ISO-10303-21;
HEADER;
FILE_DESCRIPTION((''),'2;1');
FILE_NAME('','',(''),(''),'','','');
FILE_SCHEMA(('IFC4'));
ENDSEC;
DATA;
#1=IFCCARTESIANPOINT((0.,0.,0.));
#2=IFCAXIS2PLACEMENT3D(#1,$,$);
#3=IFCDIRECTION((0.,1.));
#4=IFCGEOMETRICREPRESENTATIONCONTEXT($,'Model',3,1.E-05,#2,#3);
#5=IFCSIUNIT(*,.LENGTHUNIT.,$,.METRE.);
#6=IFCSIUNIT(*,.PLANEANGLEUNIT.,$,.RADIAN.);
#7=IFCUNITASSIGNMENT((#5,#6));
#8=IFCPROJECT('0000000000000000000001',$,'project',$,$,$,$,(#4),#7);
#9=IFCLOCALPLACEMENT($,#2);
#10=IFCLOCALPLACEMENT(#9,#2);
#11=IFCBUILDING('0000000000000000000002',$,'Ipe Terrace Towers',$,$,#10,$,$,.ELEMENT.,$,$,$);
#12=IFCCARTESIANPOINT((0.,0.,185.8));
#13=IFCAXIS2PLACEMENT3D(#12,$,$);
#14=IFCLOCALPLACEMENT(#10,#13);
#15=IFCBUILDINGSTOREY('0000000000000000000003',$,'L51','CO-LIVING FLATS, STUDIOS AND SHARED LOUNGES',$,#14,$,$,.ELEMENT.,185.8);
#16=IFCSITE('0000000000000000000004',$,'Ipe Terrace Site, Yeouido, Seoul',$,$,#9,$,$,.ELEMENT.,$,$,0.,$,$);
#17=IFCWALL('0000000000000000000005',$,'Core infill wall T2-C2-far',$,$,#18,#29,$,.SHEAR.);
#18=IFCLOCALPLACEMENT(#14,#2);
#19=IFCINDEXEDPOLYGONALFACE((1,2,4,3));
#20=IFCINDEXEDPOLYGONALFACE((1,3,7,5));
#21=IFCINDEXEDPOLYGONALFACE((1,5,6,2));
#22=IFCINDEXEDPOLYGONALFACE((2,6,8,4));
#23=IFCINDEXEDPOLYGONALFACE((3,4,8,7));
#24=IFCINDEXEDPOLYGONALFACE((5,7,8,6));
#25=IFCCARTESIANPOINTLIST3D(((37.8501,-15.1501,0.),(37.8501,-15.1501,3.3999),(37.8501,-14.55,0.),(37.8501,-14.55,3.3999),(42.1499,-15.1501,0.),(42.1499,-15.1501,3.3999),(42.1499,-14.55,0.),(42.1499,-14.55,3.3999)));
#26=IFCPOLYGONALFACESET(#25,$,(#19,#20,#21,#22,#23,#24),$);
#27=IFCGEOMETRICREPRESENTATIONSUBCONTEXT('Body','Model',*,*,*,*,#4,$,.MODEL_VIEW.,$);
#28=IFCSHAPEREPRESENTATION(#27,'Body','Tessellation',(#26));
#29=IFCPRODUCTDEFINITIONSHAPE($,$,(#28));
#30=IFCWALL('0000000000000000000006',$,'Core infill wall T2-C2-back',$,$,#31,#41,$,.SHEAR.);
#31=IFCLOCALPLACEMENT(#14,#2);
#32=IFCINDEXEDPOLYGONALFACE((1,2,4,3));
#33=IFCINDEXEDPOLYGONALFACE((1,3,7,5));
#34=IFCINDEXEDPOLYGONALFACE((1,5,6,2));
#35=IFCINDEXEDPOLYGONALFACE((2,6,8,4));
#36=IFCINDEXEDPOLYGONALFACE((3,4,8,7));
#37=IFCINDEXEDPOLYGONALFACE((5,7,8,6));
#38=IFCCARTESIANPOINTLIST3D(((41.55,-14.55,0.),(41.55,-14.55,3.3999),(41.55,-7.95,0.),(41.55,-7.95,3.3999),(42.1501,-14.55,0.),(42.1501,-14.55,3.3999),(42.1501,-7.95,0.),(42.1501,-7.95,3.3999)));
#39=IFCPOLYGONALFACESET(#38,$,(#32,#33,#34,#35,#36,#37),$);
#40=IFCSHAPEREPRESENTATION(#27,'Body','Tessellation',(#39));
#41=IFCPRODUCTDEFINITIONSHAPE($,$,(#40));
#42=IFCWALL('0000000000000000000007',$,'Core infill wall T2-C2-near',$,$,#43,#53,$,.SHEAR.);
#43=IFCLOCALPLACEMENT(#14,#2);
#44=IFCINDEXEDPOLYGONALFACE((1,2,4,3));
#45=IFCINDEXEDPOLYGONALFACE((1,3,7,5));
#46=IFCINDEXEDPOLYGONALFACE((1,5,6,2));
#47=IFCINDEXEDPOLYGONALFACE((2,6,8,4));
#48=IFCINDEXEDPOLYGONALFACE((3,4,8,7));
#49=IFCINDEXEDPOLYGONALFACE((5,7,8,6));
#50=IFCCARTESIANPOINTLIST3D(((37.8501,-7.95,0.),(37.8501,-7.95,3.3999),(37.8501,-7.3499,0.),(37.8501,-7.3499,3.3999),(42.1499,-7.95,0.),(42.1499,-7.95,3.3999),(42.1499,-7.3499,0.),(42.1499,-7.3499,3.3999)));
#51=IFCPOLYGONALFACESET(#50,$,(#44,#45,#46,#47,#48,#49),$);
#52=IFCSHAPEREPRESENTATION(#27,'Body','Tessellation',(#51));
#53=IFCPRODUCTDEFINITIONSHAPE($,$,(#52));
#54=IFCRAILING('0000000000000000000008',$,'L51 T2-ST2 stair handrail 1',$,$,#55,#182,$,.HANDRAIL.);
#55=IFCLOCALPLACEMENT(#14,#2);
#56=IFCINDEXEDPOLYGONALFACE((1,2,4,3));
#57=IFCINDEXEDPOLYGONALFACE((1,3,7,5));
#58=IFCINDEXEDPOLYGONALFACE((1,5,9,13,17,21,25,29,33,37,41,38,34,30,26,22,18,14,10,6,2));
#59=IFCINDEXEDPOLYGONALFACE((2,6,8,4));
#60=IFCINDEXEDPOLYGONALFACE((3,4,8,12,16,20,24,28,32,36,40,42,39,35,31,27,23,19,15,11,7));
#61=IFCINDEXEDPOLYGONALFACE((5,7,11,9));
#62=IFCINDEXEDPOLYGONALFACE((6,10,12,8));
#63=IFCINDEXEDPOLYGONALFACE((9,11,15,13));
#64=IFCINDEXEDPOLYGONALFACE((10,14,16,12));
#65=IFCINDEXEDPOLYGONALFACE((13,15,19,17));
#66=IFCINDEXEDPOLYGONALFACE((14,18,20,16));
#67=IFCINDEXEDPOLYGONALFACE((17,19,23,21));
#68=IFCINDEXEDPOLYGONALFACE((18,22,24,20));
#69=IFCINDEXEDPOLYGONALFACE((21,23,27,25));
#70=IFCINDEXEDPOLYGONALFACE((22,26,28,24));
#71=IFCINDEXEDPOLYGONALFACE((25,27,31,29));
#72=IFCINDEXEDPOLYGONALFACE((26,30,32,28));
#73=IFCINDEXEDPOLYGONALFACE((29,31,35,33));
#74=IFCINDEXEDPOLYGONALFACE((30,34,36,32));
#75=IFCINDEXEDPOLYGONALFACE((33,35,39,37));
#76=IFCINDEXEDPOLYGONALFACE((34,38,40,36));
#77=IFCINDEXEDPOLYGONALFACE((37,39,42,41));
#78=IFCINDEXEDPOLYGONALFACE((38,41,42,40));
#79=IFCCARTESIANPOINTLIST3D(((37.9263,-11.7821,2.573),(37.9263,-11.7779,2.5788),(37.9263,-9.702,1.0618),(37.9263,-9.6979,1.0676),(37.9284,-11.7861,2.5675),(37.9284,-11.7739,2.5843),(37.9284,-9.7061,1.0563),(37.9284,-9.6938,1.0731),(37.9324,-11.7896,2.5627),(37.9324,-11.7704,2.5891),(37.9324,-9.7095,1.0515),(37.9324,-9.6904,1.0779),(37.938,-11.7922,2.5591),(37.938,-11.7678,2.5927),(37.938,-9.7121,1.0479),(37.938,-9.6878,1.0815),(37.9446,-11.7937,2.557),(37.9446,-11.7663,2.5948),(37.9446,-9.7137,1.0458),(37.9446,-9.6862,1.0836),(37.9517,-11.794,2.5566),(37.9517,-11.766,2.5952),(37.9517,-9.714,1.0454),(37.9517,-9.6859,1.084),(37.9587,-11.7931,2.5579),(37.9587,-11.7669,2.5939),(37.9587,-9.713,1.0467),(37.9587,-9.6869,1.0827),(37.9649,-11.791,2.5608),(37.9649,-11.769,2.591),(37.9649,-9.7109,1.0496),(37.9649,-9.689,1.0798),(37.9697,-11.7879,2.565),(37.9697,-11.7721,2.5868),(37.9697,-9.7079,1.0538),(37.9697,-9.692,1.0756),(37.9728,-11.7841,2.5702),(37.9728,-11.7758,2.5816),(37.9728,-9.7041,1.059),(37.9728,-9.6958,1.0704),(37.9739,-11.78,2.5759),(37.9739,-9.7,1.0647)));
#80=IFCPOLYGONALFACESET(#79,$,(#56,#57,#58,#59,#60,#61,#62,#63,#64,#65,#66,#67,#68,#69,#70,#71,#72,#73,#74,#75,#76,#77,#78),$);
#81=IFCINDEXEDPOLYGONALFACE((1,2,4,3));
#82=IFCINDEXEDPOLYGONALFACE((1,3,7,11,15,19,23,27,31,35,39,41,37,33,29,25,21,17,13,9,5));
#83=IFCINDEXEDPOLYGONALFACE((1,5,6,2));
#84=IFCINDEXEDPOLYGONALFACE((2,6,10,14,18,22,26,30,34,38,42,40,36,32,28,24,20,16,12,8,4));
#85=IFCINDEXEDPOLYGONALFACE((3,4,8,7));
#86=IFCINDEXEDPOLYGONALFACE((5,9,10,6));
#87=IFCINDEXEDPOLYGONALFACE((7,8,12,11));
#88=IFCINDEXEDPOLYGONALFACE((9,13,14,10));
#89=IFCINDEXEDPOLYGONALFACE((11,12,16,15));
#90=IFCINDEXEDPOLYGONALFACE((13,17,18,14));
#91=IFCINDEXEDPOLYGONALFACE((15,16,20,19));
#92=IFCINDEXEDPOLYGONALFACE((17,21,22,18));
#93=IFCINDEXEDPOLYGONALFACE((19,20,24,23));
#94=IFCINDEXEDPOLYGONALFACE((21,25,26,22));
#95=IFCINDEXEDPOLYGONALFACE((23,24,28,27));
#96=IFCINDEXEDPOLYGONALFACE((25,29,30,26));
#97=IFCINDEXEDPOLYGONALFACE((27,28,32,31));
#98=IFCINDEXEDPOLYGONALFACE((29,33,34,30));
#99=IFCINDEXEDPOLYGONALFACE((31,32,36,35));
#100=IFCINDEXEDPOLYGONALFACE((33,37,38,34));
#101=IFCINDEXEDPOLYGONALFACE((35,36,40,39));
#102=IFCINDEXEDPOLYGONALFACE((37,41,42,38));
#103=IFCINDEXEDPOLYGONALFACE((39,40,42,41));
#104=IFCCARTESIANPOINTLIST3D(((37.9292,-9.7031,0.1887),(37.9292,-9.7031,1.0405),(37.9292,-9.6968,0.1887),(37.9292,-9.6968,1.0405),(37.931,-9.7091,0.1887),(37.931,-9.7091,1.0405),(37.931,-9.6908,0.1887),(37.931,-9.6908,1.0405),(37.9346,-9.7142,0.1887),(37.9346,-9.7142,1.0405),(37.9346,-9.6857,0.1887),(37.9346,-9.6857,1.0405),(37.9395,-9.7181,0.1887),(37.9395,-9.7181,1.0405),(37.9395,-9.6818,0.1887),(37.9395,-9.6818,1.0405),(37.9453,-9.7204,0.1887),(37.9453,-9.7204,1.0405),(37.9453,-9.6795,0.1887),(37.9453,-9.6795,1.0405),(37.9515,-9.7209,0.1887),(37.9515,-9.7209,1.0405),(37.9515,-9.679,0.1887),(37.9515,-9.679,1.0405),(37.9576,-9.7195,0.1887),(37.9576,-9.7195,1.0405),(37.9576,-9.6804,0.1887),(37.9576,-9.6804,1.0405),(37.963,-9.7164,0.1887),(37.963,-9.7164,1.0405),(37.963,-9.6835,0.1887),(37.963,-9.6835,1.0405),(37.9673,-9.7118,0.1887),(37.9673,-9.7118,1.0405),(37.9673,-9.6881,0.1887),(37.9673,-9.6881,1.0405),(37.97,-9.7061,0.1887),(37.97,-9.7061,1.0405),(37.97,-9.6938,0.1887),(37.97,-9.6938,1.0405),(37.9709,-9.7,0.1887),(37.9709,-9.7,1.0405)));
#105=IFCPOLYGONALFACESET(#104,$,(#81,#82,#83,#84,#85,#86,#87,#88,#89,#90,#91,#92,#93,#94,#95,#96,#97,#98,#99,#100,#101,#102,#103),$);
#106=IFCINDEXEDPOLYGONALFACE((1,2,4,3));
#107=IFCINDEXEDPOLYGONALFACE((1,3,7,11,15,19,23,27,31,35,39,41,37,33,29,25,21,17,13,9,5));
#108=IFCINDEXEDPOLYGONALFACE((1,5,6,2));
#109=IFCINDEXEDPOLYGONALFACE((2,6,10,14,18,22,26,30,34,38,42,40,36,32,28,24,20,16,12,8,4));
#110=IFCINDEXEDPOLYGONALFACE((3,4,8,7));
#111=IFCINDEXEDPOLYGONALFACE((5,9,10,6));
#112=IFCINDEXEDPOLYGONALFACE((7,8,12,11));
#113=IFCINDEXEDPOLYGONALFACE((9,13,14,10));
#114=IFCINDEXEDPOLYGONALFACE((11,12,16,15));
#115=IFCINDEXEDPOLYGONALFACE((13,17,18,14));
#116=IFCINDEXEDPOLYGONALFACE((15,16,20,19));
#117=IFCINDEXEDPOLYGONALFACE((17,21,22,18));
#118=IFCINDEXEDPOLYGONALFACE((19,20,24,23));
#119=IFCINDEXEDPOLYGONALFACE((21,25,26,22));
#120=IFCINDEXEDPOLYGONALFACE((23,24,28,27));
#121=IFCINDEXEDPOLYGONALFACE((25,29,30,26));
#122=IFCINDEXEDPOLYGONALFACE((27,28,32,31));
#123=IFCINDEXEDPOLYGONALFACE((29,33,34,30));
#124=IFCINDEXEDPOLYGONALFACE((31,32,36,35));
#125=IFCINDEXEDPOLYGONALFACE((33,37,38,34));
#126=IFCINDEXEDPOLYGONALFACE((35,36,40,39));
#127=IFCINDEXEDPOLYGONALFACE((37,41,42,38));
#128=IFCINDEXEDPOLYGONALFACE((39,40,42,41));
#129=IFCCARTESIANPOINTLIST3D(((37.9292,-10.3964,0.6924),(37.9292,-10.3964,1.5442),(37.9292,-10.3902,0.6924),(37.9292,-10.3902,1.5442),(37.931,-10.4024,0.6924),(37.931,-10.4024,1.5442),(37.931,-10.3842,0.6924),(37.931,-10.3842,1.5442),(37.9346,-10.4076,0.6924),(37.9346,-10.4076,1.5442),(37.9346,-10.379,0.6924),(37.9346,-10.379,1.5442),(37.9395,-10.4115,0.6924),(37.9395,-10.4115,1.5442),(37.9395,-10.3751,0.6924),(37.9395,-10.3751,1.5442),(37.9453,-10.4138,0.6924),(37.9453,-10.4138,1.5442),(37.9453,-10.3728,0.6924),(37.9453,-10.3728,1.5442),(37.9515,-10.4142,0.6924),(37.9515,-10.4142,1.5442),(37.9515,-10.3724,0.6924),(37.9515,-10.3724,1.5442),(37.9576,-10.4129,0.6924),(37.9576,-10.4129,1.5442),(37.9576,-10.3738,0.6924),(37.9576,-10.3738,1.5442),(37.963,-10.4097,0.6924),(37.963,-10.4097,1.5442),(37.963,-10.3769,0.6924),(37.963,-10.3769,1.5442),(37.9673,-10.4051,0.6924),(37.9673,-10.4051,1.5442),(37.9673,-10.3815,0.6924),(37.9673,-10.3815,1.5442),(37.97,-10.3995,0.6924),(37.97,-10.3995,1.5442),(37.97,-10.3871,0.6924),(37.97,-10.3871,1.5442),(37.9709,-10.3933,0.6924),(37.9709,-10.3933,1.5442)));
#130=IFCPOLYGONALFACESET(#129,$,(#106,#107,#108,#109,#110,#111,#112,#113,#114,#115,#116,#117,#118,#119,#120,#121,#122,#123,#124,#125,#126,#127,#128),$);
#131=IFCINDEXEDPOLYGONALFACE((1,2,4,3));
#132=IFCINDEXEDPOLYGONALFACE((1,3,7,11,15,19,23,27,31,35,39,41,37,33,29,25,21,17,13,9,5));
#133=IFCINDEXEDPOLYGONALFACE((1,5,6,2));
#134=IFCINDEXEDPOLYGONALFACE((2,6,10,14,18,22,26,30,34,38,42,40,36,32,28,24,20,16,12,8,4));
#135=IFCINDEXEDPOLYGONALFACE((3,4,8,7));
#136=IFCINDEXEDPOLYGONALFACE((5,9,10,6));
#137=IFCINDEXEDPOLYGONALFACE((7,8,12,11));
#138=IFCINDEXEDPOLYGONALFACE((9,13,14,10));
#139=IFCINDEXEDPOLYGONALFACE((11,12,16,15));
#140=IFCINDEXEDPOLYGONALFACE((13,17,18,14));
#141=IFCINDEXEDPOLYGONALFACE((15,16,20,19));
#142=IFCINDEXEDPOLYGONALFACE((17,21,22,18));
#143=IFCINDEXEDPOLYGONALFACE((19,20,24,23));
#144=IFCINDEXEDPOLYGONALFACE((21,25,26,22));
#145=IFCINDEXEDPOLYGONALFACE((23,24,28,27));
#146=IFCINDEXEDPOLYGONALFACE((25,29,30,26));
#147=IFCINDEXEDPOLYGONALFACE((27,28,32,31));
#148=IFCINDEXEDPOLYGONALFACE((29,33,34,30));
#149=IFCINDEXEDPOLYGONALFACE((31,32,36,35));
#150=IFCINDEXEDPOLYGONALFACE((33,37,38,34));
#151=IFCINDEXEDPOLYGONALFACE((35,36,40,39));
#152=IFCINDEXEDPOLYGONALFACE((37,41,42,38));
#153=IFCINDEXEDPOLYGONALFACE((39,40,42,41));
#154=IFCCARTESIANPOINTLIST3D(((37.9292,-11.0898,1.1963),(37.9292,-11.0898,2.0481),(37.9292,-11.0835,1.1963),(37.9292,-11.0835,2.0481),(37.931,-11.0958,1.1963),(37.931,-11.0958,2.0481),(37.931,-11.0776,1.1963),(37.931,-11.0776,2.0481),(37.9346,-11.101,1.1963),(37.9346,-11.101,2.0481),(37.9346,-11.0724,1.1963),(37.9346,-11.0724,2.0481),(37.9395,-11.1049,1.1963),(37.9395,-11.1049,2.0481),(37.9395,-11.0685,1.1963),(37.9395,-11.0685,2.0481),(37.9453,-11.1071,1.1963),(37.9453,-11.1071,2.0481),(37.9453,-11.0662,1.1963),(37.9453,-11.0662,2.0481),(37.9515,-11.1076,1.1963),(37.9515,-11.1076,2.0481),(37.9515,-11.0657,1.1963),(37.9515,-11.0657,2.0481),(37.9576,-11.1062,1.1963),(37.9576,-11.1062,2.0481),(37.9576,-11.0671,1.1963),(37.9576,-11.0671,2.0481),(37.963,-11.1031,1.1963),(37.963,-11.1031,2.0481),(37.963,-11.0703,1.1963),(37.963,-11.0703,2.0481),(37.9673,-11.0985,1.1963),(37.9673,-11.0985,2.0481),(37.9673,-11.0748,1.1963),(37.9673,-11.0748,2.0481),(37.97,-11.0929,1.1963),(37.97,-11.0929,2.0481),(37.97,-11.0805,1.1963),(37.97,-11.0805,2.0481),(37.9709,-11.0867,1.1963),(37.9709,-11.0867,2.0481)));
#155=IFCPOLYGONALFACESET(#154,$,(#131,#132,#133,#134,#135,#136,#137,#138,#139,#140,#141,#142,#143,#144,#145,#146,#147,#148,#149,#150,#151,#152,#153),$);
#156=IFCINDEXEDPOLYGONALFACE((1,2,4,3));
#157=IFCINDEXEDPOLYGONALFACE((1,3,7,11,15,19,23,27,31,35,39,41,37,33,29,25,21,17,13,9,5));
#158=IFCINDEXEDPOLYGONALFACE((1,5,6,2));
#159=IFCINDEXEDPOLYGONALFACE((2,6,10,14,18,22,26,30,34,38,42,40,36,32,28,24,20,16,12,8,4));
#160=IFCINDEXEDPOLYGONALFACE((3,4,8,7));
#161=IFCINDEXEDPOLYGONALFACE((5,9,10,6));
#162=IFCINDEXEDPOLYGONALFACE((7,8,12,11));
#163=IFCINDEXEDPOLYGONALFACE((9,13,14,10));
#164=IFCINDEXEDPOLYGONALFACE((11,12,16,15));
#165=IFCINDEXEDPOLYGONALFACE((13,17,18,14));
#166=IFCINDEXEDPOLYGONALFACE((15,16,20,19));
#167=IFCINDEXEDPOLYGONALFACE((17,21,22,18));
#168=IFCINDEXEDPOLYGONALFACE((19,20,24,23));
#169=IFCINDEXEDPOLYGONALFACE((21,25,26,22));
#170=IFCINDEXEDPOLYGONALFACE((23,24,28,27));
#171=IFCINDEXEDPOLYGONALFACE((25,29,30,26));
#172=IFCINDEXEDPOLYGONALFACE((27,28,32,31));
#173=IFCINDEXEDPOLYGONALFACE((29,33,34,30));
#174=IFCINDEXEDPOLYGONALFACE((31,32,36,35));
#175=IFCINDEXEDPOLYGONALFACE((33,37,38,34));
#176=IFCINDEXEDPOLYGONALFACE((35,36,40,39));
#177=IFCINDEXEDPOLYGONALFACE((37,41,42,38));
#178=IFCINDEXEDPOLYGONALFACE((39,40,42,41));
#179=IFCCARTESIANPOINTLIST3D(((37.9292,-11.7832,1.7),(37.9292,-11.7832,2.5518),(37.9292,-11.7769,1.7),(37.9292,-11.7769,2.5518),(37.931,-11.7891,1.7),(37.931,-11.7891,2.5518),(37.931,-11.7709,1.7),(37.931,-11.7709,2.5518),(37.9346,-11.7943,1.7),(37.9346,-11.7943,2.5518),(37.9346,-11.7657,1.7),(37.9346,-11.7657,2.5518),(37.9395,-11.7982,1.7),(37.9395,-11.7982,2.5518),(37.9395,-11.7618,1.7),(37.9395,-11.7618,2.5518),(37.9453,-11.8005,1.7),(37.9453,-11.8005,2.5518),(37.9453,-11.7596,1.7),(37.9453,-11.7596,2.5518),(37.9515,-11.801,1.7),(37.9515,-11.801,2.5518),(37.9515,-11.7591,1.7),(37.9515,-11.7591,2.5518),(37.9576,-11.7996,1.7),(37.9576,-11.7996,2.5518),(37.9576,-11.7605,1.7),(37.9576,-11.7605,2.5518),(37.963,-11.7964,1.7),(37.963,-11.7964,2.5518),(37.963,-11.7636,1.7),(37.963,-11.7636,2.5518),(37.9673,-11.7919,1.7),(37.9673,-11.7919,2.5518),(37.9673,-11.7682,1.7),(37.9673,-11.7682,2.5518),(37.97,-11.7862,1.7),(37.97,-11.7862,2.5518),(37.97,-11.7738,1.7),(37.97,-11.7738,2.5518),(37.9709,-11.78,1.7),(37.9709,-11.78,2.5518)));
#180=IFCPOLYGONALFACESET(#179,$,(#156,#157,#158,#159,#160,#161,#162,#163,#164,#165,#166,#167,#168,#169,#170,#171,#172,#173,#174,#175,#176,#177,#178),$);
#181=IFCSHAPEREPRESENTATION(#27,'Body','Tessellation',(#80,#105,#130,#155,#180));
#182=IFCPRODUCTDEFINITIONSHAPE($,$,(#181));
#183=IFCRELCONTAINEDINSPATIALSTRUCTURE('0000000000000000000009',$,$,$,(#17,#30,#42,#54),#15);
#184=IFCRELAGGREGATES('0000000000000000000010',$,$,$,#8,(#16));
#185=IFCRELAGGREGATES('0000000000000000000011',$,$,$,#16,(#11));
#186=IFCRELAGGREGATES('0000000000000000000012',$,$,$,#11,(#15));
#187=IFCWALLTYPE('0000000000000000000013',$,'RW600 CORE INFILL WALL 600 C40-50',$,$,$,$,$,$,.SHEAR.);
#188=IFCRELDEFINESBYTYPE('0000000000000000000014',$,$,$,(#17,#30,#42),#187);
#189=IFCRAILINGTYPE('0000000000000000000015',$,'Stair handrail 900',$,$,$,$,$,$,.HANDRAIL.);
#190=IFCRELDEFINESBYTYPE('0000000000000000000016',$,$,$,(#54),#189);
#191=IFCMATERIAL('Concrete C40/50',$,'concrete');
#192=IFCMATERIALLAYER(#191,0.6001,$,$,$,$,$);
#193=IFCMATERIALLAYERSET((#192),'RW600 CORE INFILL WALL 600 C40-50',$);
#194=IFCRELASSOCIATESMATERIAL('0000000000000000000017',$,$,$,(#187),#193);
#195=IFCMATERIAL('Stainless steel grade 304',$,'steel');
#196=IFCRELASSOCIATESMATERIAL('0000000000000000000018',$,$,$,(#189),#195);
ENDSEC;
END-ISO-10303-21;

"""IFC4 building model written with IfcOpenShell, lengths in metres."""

from ifc_helpers import new_model, si_unit, direction, frame, frame_2d, origin, origin_2d, place, context, subcontext, project, spatial, rectangle, circle, extrude, material, layer, layer_set, type_object, element, save


model = new_model("IFC4")

# Units and contexts
model_context = context("Model", 3, precision=1e-05, world=origin(), true_north=direction((0.0, 1.0)))
body_context = subcontext(model_context, "Body", "Model", "MODEL_VIEW")
ifc_project = project(units=[si_unit("LENGTHUNIT", "METRE"), si_unit("PLANEANGLEUNIT", "RADIAN")], contexts=[model_context])

# Site, building, storey
site_placement = place(None, origin())
site = spatial("IfcSite", under=ifc_project, at=site_placement, Name="Ipe Terrace Site, Yeouido, Seoul", CompositionType="ELEMENT", RefElevation=0.0)
building_placement = place(site_placement, origin())
building = spatial("IfcBuilding", under=site, at=building_placement, Name="Ipe Terrace Towers", CompositionType="ELEMENT")
storey_placement = place(building_placement, frame((0.0, 0.0, 185.8)))
storey = spatial("IfcBuildingStorey", under=building, at=storey_placement, Name="L51", Description="CO-LIVING FLATS, STUDIOS AND SHARED LOUNGES", CompositionType="ELEMENT", Elevation=185.8)

# Walls
ifc_material_1 = material(Name="Concrete C40/50", Category="concrete")
ifc_layer_1 = layer(ifc_material_1, 0.6001)
ifc_layer_set_1 = layer_set([ifc_layer_1], Name="RW600 CORE INFILL WALL 600 C40-50")
wall_type_1 = type_object("IfcWallType", Name="RW600 CORE INFILL WALL 600 C40-50", PredefinedType="SHEAR", material=ifc_layer_set_1)
wall_1_placement = place(storey_placement, frame((37.8501, -14.8501, 0.0), z_axis=(0.0, 0.0, 1.0), x_axis=(1.0, 0.0, 0.0)))
element("IfcWall", 1, at=wall_1_placement, inside=storey, type_object=wall_type_1, Name="Core infill wall T2-C2-far", PredefinedType="SHEAR", context=body_context, shape_type="SweptSolid", body=[
    extrude(rectangle(XDim=4.2998, YDim=0.6001, at=frame_2d((2.1499, 0.0))), origin(), (0.0, 0.0, 1.0), 3.3999),
])
wall_2_placement = place(storey_placement, frame((41.8501, -7.95, 0.0), z_axis=(0.0, 0.0, 1.0), x_axis=(0.0, -1.0, 0.0)))
element("IfcWall", 2, at=wall_2_placement, inside=storey, type_object=wall_type_1, Name="Core infill wall T2-C2-back", PredefinedType="SHEAR", context=body_context, shape_type="SweptSolid", body=[
    extrude(rectangle(XDim=6.6001, YDim=0.6001, at=frame_2d((3.3, 0.0))), origin(), (0.0, 0.0, 1.0), 3.3999),
])
wall_3_placement = place(storey_placement, frame((37.8501, -7.6499, 0.0), z_axis=(0.0, 0.0, 1.0), x_axis=(1.0, 0.0, 0.0)))
element("IfcWall", 3, at=wall_3_placement, inside=storey, type_object=wall_type_1, Name="Core infill wall T2-C2-near", PredefinedType="SHEAR", context=body_context, shape_type="SweptSolid", body=[
    extrude(rectangle(XDim=4.2998, YDim=0.6001, at=frame_2d((2.1499, 0.0))), origin(), (0.0, 0.0, 1.0), 3.3999),
])

# Railing
ifc_material_2 = material(Name="Stainless steel grade 304", Category="steel")
railing_type_1 = type_object("IfcRailingType", Name="Stair handrail 900", PredefinedType="HANDRAIL", material=ifc_material_2)
railing_1_placement = place(storey_placement, frame((37.95, -9.7, 0.1887)))
element("IfcRailing", 4, at=railing_1_placement, inside=storey, type_object=railing_type_1, Name="L51 T2-ST2 stair handrail 1", PredefinedType="HANDRAIL", context=body_context, shape_type="SweptSolid", body=[
    extrude(circle(Radius=0.0239, at=origin_2d()), frame((0.0, 0.0, 0.876), z_axis=(0.0, -0.809023, 0.587776), x_axis=(1.0, 0.0, 0.0)), (0.0, 0.0, 1.0), 2.571),
    extrude(circle(Radius=0.021, at=origin_2d()), origin(), (0.0, 0.0, 1.0), 0.8518),
    extrude(circle(Radius=0.021, at=origin_2d()), frame((0.0, -0.6934, 0.5037)), (0.0, 0.0, 1.0), 0.8518),
    extrude(circle(Radius=0.021, at=origin_2d()), frame((0.0, -1.3867, 1.0076)), (0.0, 0.0, 1.0), 0.8518),
    extrude(circle(Radius=0.021, at=origin_2d()), frame((0.0, -2.0801, 1.5112)), (0.0, 0.0, 1.0), 0.8518),
])

save(model, "model.ifc")
